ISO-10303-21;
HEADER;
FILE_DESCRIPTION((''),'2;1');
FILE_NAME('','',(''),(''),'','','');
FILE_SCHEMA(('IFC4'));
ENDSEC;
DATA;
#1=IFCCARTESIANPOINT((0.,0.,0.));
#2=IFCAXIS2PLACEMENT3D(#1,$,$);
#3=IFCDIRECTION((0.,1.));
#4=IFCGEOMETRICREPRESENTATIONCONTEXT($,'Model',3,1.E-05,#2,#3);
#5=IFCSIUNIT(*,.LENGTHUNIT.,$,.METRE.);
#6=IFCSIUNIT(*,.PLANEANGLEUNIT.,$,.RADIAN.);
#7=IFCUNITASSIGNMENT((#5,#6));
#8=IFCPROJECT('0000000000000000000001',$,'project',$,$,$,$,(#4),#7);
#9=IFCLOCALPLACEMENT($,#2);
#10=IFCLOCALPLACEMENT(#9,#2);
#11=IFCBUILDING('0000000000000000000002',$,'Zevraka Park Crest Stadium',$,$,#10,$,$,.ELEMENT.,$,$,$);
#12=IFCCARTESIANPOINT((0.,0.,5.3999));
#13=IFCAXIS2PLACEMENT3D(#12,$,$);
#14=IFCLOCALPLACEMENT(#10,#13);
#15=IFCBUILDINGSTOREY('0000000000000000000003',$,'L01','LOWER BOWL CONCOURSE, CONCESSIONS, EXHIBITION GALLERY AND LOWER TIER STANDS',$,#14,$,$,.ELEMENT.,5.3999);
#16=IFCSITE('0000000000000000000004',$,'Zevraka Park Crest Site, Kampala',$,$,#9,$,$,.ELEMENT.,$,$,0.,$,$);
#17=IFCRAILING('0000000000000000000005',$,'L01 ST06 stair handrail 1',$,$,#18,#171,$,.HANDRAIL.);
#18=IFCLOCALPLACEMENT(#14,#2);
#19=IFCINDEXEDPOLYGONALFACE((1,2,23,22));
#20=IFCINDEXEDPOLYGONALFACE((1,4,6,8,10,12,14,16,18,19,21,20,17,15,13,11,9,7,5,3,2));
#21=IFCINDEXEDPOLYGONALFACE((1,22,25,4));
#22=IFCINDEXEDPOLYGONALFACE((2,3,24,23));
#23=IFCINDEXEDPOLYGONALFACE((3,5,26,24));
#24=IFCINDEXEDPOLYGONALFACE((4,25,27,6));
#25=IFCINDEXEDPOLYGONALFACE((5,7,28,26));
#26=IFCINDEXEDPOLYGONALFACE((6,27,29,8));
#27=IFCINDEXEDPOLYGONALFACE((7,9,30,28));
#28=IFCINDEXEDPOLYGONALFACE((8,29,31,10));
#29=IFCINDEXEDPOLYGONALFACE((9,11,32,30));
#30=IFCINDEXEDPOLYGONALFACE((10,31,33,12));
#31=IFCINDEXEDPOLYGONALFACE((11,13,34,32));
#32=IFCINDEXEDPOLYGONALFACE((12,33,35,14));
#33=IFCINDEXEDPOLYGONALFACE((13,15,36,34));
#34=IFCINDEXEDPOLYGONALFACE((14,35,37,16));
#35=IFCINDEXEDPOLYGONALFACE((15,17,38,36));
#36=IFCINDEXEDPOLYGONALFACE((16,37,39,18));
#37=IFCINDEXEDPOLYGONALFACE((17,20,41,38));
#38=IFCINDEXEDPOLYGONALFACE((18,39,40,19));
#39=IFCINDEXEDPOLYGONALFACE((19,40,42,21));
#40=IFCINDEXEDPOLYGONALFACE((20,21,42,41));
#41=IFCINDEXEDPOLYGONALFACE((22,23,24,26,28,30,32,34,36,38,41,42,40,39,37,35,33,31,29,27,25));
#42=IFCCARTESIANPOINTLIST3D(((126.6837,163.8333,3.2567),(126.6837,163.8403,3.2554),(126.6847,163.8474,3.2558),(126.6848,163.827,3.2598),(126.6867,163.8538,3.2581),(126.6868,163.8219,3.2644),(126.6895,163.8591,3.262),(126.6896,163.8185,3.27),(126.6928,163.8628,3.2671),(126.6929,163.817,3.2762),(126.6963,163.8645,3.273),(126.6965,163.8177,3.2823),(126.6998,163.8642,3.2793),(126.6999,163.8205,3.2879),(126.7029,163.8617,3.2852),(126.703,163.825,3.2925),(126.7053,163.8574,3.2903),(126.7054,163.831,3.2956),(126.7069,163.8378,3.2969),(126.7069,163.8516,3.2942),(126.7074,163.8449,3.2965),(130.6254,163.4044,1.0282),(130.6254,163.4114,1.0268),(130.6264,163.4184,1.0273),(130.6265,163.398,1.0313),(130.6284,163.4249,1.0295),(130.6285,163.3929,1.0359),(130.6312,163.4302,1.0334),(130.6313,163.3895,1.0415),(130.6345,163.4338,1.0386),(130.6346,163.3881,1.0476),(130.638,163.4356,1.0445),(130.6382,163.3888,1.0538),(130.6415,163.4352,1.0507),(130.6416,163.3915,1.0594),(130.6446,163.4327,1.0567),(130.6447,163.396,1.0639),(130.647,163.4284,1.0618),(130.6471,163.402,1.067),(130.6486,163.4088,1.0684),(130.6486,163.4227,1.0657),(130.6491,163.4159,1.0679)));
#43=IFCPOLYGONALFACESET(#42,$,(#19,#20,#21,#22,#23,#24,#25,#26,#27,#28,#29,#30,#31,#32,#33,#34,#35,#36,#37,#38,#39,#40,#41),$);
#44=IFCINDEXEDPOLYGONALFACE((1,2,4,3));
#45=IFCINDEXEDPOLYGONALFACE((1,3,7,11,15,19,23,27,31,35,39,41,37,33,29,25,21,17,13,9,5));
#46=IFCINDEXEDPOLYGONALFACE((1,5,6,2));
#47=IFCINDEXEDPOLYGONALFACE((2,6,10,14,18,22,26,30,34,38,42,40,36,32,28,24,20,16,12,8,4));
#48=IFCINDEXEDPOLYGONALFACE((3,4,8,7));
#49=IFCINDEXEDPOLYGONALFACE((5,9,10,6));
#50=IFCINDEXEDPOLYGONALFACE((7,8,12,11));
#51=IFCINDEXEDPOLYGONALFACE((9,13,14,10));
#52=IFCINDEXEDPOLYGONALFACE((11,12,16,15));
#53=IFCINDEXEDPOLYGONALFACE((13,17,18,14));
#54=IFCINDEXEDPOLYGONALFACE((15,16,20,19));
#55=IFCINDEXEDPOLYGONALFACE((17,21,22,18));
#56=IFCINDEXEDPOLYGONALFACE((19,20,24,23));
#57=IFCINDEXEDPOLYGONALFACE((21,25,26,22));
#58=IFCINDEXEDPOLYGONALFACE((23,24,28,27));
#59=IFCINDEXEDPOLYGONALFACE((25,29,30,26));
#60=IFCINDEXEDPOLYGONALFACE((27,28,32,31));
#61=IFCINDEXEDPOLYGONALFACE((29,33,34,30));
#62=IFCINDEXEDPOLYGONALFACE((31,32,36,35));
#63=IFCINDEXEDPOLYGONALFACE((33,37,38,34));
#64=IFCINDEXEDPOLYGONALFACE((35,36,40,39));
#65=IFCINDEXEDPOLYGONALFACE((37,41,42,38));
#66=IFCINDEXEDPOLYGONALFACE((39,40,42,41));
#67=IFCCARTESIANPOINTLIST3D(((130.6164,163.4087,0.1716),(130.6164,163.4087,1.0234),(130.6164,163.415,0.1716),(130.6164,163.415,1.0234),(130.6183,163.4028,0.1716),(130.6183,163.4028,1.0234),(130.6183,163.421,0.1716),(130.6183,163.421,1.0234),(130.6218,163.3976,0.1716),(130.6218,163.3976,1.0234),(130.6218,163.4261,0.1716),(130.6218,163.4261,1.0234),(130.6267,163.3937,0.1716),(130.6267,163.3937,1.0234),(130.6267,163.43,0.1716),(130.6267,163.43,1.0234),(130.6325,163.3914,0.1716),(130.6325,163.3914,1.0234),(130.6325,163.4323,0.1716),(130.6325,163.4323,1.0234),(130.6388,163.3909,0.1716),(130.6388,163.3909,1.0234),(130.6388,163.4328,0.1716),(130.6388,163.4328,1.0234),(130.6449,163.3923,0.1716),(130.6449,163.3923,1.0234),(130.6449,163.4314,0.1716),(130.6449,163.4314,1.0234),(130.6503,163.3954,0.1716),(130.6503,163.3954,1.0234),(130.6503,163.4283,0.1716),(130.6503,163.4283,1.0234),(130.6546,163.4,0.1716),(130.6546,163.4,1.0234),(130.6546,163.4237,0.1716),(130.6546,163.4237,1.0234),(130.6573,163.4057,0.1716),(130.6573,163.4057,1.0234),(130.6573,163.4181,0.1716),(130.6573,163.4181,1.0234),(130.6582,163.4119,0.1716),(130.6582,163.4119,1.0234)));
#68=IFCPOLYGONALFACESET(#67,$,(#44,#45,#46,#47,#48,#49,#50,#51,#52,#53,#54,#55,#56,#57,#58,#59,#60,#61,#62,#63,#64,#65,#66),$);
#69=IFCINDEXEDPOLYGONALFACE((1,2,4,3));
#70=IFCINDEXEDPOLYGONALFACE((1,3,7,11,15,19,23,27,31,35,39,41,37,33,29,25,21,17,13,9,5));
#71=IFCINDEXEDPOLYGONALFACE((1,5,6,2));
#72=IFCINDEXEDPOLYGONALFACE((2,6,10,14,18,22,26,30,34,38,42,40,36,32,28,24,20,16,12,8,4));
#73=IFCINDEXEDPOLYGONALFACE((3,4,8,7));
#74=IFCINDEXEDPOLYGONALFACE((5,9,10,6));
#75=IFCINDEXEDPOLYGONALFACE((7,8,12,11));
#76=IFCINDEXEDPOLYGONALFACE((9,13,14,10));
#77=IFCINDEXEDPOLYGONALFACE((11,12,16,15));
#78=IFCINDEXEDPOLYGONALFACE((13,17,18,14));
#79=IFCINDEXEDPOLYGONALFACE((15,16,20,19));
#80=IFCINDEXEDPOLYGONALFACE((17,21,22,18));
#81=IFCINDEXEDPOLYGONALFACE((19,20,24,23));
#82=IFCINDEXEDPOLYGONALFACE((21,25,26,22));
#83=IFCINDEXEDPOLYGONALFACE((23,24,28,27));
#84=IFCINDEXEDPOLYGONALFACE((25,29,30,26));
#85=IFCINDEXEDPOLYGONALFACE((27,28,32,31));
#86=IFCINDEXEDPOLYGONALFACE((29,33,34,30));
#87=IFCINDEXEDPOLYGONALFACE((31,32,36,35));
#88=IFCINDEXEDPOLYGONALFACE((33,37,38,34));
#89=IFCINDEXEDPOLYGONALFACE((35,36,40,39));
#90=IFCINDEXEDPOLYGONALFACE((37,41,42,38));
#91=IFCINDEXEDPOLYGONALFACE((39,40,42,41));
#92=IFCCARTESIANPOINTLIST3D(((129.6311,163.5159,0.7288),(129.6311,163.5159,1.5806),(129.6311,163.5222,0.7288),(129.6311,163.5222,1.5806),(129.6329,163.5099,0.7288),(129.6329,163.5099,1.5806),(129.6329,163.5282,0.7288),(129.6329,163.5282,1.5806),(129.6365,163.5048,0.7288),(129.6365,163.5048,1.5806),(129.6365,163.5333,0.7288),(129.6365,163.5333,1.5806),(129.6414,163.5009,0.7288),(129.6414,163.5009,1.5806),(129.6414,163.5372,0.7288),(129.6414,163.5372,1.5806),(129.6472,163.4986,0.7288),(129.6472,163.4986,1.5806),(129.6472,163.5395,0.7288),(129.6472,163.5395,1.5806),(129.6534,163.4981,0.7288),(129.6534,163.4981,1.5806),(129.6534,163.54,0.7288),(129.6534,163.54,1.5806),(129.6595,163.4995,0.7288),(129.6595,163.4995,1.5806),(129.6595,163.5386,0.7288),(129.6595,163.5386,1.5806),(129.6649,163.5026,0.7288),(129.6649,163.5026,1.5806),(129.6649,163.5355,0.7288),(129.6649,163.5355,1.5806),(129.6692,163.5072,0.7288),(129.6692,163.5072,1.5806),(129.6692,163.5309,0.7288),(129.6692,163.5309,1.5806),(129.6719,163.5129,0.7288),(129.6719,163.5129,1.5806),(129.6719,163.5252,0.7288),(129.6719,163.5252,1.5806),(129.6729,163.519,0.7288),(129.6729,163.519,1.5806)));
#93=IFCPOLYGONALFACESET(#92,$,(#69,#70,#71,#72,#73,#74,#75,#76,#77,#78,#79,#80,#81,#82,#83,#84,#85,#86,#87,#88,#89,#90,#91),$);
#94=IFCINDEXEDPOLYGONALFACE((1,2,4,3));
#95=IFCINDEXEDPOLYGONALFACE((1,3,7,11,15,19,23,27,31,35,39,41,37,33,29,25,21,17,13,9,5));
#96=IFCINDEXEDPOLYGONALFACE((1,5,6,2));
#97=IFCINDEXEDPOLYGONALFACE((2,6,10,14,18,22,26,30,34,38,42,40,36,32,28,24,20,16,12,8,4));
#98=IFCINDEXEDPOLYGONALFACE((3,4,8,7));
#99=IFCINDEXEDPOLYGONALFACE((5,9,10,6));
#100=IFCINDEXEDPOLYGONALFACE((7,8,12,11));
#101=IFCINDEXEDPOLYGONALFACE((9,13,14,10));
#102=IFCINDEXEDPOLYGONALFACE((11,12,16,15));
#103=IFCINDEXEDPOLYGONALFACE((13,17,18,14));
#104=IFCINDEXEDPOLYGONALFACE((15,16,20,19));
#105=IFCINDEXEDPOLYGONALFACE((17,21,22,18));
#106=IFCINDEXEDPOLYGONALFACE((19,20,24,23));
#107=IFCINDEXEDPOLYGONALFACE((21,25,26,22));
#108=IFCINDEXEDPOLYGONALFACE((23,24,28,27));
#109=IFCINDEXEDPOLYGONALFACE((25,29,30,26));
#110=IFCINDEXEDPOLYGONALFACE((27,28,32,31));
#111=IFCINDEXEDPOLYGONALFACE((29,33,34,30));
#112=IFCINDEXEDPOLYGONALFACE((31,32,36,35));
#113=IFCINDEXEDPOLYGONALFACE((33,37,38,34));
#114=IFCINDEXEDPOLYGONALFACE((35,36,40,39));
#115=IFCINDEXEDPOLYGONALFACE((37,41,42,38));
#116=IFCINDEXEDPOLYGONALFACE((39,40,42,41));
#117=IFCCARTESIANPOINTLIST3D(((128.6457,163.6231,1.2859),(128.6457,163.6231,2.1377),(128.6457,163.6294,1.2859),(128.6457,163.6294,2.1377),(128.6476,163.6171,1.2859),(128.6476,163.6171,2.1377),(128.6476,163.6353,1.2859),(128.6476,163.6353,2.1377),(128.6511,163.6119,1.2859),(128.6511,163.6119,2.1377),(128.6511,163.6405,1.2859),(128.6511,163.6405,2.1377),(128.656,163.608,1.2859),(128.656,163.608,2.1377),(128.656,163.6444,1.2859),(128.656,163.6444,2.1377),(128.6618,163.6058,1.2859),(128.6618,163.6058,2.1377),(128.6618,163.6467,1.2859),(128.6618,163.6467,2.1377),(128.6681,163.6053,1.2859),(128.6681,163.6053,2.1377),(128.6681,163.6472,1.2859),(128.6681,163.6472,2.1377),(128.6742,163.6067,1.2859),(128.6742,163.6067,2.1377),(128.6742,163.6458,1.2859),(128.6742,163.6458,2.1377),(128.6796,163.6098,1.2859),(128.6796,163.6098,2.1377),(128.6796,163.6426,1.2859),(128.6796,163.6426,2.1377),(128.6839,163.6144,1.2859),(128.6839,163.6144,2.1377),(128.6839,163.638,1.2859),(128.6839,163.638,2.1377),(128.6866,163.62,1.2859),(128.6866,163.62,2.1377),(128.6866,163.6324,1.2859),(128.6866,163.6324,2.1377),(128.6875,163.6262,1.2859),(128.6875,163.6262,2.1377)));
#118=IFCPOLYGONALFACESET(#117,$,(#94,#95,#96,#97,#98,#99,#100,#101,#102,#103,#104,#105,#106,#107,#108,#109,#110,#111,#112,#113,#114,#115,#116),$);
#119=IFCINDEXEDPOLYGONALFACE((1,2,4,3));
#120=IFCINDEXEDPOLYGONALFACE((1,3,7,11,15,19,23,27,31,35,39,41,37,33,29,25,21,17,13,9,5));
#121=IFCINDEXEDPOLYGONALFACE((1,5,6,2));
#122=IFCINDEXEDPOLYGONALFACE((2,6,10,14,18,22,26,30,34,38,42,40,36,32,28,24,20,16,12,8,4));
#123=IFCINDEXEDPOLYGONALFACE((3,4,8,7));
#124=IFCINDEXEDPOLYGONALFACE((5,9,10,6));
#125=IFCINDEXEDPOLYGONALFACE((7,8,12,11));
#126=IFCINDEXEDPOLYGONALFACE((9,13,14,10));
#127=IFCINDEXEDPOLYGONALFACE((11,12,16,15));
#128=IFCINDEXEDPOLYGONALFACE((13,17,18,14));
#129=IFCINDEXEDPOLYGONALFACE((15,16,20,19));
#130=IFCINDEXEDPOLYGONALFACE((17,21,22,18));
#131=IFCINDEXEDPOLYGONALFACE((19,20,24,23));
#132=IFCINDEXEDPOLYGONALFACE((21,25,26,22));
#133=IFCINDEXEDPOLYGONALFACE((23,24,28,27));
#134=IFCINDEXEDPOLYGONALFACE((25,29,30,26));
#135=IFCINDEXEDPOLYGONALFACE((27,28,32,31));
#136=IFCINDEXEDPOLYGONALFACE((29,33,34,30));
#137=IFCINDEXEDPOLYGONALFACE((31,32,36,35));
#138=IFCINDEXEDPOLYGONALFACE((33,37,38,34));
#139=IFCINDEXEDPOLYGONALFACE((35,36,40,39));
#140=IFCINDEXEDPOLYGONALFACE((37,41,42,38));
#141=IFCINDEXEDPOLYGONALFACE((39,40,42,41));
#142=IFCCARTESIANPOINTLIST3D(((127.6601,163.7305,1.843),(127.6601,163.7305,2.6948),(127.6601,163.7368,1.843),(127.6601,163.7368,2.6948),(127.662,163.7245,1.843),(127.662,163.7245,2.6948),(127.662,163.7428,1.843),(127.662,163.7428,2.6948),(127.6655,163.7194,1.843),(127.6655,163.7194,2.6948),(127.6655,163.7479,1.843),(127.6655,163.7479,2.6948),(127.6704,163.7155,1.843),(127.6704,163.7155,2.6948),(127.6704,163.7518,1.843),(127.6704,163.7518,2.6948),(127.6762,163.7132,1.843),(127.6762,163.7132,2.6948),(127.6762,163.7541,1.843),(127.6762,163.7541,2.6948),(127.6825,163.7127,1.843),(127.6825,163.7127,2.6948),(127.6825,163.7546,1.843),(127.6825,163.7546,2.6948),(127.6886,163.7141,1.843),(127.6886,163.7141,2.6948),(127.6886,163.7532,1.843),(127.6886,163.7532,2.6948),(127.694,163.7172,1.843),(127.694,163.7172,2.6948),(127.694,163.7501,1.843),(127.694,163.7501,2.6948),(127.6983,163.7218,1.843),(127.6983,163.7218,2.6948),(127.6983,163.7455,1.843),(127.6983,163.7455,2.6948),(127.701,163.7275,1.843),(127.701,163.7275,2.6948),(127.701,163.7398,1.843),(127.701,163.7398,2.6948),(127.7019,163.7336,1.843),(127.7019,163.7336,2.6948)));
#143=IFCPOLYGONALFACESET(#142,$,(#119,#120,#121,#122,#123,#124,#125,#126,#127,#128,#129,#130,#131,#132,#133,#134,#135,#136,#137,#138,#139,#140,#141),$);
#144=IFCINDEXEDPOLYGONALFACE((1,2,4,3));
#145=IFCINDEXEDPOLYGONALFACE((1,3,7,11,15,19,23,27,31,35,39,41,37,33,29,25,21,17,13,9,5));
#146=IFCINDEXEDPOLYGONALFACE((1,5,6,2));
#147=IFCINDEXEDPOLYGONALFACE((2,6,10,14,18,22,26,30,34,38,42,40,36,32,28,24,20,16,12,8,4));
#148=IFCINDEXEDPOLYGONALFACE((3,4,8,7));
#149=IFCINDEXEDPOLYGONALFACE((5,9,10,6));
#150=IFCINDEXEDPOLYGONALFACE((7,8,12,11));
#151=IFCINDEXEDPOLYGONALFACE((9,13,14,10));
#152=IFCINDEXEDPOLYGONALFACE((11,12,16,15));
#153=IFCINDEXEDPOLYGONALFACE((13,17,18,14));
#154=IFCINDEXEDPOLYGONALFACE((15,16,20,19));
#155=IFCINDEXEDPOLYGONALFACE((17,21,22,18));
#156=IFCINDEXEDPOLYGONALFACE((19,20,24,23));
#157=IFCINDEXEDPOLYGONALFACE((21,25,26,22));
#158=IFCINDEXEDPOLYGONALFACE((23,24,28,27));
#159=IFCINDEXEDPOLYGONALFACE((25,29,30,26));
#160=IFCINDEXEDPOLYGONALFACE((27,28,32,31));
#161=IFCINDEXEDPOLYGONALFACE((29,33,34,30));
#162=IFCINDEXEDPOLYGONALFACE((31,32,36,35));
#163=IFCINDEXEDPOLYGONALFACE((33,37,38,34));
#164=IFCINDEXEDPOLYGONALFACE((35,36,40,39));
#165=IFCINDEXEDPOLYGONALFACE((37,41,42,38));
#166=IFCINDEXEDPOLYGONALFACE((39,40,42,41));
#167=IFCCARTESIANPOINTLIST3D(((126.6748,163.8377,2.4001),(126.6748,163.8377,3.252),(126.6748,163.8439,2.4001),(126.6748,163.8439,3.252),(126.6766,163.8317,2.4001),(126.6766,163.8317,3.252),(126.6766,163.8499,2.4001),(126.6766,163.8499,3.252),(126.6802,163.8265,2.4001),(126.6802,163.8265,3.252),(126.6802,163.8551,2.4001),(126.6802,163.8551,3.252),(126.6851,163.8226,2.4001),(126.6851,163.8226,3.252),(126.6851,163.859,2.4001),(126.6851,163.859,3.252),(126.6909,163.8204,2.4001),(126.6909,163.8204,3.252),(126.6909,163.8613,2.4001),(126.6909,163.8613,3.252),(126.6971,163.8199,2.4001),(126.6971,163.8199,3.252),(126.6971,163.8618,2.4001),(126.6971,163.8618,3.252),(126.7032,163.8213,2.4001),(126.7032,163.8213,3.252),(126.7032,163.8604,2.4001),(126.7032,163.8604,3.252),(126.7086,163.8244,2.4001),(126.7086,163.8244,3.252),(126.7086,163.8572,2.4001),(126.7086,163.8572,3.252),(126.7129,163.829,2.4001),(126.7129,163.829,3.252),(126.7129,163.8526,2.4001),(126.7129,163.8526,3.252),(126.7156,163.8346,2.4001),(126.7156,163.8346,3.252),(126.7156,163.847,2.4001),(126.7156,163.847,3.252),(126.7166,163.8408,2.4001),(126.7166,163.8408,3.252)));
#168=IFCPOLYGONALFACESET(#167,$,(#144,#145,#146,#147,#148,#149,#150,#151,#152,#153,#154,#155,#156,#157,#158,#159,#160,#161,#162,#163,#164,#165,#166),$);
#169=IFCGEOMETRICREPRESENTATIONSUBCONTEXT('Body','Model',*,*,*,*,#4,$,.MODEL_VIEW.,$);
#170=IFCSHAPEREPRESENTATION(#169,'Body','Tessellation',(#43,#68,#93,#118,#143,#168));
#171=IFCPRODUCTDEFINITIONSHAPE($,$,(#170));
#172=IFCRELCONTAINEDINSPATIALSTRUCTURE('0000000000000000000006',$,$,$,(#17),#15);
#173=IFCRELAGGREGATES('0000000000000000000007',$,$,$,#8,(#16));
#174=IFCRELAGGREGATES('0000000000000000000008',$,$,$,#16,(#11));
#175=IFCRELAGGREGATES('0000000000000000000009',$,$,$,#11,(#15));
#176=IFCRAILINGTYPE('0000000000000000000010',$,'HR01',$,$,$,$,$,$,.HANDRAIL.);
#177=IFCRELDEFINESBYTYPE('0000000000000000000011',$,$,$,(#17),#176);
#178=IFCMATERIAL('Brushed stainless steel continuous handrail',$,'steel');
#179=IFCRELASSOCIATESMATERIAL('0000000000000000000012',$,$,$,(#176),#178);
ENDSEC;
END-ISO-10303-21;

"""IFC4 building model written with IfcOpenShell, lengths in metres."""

from ifc_helpers import new_model, si_unit, direction, frame, origin, origin_2d, place, context, subcontext, project, spatial, circle, extrude, material, type_object, element, save


model = new_model("IFC4")

# Units and contexts
model_context = context("Model", 3, precision=1e-05, world=origin(), true_north=direction((0.0, 1.0)))
body_context = subcontext(model_context, "Body", "Model", "MODEL_VIEW")
ifc_project = project(units=[si_unit("LENGTHUNIT", "METRE"), si_unit("PLANEANGLEUNIT", "RADIAN")], contexts=[model_context])

# Site, building, storey
site_placement = place(None, origin())
site = spatial("IfcSite", under=ifc_project, at=site_placement, Name="Zevraka Park Crest Site, Kampala", CompositionType="ELEMENT", RefElevation=0.0)
building_placement = place(site_placement, origin())
building = spatial("IfcBuilding", under=site, at=building_placement, Name="Zevraka Park Crest Stadium", CompositionType="ELEMENT")
storey_placement = place(building_placement, frame((0.0, 0.0, 5.3999)))
storey = spatial("IfcBuildingStorey", under=building, at=storey_placement, Name="L01", Description="LOWER BOWL CONCOURSE, CONCESSIONS, EXHIBITION GALLERY AND LOWER TIER STANDS", CompositionType="ELEMENT", Elevation=5.3999)

# Railing
ifc_material_1 = material(Name="Brushed stainless steel continuous handrail", Category="steel")
railing_type_1 = type_object("IfcRailingType", Name="HR01", PredefinedType="HANDRAIL", material=ifc_material_1)
railing_1_placement = place(storey_placement, frame((130.6372, 163.4119, 0.1716)))
element("IfcRailing", 1, at=railing_1_placement, inside=storey, type_object=railing_type_1, Name="L01 ST06 stair handrail 1", PredefinedType="HANDRAIL", context=body_context, shape_type="SweptSolid", body=[
    extrude(circle(Radius=0.0239, at=origin_2d()), frame((0.0, 0.0, 0.876), z_axis=(-0.866624, 0.094311, 0.489968), x_axis=(-0.108188, -0.994131, 0.0)), (0.0, 0.0, 1.0), 4.5483),
    extrude(circle(Radius=0.021, at=origin_2d()), origin(), (0.0, 0.0, 1.0), 0.8518),
    extrude(circle(Radius=0.021, at=origin_2d()), frame((-0.9854, 0.1072, 0.5571)), (0.0, 0.0, 1.0), 0.8518),
    extrude(circle(Radius=0.021, at=origin_2d()), frame((-1.9707, 0.2144, 1.1143)), (0.0, 0.0, 1.0), 0.8518),
    extrude(circle(Radius=0.021, at=origin_2d()), frame((-2.9563, 0.3218, 1.6714)), (0.0, 0.0, 1.0), 0.8518),
    extrude(circle(Radius=0.021, at=origin_2d()), frame((-3.9417, 0.429, 2.2285)), (0.0, 0.0, 1.0), 0.8518),
])

save(model, "model.ifc")
